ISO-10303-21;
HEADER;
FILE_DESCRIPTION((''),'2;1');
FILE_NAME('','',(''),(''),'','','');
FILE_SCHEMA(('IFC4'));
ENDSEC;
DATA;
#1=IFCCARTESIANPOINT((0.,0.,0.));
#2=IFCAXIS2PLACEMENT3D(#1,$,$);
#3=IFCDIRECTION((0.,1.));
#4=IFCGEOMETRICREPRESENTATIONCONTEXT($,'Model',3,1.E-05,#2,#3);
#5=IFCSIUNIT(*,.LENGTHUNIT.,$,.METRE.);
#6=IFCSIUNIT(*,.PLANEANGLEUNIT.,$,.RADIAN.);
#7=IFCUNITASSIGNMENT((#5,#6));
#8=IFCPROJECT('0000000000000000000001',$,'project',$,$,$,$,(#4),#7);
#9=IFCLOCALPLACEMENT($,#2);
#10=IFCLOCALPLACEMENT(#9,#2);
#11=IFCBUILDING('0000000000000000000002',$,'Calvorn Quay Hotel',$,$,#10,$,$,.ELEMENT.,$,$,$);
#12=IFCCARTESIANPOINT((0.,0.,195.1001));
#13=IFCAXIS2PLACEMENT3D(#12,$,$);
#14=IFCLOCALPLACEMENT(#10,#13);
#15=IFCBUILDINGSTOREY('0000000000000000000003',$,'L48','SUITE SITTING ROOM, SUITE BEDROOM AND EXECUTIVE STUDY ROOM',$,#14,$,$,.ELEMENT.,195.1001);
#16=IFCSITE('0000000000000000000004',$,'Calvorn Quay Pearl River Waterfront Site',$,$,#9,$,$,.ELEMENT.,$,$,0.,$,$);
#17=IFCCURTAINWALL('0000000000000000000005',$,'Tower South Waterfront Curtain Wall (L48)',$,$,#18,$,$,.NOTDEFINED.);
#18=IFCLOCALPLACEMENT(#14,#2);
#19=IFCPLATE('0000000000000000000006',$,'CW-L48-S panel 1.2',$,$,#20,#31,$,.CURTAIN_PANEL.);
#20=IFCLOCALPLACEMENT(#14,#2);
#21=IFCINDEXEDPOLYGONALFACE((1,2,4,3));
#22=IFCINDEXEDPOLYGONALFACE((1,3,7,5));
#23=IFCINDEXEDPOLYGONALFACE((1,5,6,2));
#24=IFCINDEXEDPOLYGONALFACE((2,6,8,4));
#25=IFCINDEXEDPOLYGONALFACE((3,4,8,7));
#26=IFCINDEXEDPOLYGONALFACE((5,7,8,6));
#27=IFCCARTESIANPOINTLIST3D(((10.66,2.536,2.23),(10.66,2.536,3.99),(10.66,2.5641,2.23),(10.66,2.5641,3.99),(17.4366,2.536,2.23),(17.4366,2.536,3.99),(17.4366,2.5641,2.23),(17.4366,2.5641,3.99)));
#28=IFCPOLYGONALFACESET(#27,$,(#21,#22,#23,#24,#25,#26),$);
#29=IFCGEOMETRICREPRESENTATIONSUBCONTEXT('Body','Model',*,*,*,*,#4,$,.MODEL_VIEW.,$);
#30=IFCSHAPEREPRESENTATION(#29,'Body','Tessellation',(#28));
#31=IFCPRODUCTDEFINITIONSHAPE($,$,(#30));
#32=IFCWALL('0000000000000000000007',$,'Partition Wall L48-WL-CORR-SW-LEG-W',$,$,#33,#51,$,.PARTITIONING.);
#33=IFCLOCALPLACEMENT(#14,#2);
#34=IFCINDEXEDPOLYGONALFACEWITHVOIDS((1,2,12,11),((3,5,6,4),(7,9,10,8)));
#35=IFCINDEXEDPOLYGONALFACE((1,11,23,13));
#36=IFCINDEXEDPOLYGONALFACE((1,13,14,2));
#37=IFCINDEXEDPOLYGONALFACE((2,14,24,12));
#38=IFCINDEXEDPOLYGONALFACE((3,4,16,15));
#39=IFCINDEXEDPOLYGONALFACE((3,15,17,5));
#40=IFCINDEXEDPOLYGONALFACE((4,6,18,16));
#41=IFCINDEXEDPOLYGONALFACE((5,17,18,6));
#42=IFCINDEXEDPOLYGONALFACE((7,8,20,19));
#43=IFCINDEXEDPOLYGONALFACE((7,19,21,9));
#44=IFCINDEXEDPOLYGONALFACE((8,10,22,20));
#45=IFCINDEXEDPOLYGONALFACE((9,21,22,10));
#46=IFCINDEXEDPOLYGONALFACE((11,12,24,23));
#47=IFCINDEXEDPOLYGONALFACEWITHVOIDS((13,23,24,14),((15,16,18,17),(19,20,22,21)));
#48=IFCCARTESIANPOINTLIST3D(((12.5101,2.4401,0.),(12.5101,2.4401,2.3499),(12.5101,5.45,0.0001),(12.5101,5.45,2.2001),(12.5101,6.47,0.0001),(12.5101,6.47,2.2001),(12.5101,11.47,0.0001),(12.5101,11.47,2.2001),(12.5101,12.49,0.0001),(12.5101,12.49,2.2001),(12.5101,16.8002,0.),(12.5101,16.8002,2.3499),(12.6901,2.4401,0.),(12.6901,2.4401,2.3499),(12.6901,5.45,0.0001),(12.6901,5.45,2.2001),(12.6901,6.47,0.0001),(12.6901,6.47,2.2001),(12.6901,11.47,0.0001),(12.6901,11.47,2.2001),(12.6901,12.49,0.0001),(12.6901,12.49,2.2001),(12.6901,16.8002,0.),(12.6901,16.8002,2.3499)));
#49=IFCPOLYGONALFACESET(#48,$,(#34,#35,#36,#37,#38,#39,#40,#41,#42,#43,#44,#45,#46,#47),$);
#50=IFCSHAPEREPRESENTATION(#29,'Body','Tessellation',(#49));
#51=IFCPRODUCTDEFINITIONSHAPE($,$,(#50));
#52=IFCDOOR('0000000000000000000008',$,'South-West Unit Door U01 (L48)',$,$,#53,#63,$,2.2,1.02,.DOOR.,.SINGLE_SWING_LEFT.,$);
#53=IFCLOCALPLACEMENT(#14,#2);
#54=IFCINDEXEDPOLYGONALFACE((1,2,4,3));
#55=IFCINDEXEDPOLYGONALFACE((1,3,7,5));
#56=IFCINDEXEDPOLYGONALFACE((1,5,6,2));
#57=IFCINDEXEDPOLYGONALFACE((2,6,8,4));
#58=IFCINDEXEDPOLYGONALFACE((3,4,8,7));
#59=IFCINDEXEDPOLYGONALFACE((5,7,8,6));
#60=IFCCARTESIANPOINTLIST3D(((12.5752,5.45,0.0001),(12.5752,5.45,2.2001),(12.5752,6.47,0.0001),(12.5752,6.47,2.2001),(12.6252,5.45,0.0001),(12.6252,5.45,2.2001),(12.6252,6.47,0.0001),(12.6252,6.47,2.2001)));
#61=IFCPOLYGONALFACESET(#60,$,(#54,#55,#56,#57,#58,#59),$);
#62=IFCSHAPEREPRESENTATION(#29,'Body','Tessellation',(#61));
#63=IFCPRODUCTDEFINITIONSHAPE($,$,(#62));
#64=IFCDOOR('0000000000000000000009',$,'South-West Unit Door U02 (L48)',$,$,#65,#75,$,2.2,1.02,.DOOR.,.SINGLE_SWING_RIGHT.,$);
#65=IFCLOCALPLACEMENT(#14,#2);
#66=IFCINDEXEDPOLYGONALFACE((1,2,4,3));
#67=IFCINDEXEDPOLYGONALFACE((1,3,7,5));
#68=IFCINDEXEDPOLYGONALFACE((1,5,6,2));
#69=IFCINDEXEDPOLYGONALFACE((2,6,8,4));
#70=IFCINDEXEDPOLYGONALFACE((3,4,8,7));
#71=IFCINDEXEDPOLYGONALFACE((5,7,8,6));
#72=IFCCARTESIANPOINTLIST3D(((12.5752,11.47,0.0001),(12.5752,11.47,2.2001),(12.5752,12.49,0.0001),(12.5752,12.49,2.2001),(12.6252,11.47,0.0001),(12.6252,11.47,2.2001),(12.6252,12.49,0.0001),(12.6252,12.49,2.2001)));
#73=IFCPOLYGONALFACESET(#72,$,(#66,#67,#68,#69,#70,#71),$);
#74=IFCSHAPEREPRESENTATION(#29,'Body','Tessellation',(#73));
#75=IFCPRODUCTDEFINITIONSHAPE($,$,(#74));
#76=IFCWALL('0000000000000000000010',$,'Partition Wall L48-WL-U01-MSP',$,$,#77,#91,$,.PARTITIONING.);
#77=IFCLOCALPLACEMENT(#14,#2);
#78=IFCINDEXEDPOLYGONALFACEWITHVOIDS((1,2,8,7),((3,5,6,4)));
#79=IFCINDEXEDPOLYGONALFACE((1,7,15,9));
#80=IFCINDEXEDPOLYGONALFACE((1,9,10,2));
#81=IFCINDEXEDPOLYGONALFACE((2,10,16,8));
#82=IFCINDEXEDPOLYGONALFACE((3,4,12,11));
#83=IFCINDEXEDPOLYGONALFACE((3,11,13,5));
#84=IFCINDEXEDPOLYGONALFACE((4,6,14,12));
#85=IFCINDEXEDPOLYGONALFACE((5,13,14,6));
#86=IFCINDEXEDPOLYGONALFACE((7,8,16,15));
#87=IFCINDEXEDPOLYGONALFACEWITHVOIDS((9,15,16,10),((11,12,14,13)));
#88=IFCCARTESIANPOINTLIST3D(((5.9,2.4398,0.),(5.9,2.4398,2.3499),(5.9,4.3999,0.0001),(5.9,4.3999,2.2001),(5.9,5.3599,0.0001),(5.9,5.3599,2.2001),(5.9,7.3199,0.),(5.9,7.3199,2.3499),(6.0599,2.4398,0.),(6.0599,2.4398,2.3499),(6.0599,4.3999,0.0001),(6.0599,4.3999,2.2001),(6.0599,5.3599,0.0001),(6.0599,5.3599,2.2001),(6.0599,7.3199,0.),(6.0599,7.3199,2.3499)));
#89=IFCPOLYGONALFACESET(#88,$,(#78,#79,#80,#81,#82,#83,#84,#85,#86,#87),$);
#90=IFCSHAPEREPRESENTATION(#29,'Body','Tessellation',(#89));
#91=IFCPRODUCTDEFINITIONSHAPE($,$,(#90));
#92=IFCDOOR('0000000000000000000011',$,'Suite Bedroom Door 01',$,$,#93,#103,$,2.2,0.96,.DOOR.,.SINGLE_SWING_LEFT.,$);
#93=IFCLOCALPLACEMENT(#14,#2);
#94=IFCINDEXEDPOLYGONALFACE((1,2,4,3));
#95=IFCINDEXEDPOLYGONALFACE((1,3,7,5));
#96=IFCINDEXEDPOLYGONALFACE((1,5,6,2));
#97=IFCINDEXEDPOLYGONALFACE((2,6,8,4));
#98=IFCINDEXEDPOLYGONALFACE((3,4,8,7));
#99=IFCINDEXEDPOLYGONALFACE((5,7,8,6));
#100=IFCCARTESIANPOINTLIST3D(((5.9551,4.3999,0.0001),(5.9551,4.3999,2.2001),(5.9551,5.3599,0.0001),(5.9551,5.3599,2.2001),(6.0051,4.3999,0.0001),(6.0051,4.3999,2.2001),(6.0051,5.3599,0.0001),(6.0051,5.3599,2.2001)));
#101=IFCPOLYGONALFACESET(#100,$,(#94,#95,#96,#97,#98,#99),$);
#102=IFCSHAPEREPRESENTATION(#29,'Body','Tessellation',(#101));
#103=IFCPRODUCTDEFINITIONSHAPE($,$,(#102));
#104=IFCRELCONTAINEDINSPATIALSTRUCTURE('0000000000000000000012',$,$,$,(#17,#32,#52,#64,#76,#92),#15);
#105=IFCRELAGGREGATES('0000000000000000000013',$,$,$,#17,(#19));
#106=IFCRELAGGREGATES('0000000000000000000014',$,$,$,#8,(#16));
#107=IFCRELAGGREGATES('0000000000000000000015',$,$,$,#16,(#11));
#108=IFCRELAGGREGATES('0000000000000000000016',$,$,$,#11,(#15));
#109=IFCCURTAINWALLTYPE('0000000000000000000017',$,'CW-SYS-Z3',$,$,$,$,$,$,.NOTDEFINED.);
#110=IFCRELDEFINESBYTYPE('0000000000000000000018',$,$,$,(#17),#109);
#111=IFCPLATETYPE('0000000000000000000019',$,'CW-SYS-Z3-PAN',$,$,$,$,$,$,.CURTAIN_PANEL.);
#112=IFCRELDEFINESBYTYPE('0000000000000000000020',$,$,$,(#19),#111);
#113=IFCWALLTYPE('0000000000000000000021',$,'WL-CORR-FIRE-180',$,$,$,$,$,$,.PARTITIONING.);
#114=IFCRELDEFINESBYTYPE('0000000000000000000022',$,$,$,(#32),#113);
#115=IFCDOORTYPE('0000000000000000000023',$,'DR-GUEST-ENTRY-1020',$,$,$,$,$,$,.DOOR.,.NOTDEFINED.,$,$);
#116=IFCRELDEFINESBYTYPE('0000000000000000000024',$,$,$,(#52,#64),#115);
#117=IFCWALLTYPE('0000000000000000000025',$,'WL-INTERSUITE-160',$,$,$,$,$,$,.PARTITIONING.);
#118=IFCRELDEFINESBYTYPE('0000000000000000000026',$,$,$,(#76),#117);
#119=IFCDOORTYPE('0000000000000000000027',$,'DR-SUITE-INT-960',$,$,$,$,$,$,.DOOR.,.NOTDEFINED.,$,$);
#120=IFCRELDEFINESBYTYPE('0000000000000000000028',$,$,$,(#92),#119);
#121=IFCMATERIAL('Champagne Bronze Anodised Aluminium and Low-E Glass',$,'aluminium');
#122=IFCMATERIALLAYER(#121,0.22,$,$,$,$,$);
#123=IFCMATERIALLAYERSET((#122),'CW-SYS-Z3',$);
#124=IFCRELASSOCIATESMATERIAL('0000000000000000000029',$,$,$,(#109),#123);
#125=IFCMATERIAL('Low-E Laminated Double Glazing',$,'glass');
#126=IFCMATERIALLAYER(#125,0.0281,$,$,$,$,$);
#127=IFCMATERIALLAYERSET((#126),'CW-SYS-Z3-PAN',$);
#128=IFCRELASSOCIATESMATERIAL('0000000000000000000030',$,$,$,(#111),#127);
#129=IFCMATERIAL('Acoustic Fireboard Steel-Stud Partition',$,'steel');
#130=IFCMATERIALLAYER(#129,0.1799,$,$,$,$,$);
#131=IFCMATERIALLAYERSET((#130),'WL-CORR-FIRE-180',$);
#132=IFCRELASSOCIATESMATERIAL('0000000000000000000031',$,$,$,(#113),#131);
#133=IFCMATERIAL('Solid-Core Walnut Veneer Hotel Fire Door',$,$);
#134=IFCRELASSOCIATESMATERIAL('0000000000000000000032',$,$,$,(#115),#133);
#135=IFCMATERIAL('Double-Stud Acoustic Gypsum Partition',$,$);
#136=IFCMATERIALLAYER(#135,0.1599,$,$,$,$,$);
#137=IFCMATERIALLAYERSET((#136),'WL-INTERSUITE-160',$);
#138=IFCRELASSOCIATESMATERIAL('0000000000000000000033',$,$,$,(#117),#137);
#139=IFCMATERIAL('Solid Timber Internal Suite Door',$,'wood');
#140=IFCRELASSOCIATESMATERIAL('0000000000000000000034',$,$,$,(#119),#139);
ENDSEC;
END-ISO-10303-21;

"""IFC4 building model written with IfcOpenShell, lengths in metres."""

from ifc_helpers import new_model, si_unit, direction, frame, frame_2d, origin, origin_2d, place, context, subcontext, project, spatial, rectangle, extrude, material, layer, layer_set, type_object, element, fill, aggregate, save


model = new_model("IFC4")

# Units and contexts
model_context = context("Model", 3, precision=1e-05, world=origin(), true_north=direction((0.0, 1.0)))
body_context = subcontext(model_context, "Body", "Model", "MODEL_VIEW")
ifc_project = project(units=[si_unit("LENGTHUNIT", "METRE"), si_unit("PLANEANGLEUNIT", "RADIAN")], contexts=[model_context])

# Site, building, storey
site_placement = place(None, origin())
site = spatial("IfcSite", under=ifc_project, at=site_placement, Name="Calvorn Quay Pearl River Waterfront Site", CompositionType="ELEMENT", RefElevation=0.0)
building_placement = place(site_placement, origin())
building = spatial("IfcBuilding", under=site, at=building_placement, Name="Calvorn Quay Hotel", CompositionType="ELEMENT")
storey_placement = place(building_placement, frame((0.0, 0.0, 195.1001)))
storey = spatial("IfcBuildingStorey", under=building, at=storey_placement, Name="L48", Description="SUITE SITTING ROOM, SUITE BEDROOM AND EXECUTIVE STUDY ROOM", CompositionType="ELEMENT", Elevation=195.1001)

# Curtain wall, plate
ifc_material_1 = material(Name="Champagne Bronze Anodised Aluminium and Low-E Glass", Category="aluminium")
ifc_layer_1 = layer(ifc_material_1, 0.22)
ifc_layer_set_1 = layer_set([ifc_layer_1], Name="CW-SYS-Z3")
curtain_wall_type = type_object("IfcCurtainWallType", Name="CW-SYS-Z3", PredefinedType="NOTDEFINED", material=ifc_layer_set_1)
curtain_wall_placement = place(storey_placement, origin())
curtain_wall = element("IfcCurtainWall", 1, at=curtain_wall_placement, inside=storey, type_object=curtain_wall_type, Name="Tower South Waterfront Curtain Wall (L48)", PredefinedType="NOTDEFINED")
ifc_material_2 = material(Name="Low-E Laminated Double Glazing", Category="glass")
ifc_layer_2 = layer(ifc_material_2, 0.0281)
ifc_layer_set_2 = layer_set([ifc_layer_2], Name="CW-SYS-Z3-PAN")
plate_type = type_object("IfcPlateType", Name="CW-SYS-Z3-PAN", PredefinedType="CURTAIN_PANEL", material=ifc_layer_set_2)
plate_1_placement = place(storey_placement, frame((14.0483, 2.55, 2.23), z_axis=(0.0, 0.0, 1.0), x_axis=(1.0, 0.0, 0.0)))
plate_1 = element("IfcPlate", 2, at=plate_1_placement, type_object=plate_type, Name="CW-L48-S panel 1.2", PredefinedType="CURTAIN_PANEL", context=body_context, shape_type="SweptSolid", body=[
    extrude(rectangle(XDim=6.7766, YDim=0.0281, at=origin_2d()), origin(), (0.0, 0.0, 1.0), 1.76),
])
aggregate(curtain_wall, [plate_1])

# Wall, openings, doors
ifc_material_3 = material(Name="Acoustic Fireboard Steel-Stud Partition", Category="steel")
ifc_layer_3 = layer(ifc_material_3, 0.1799)
ifc_layer_set_3 = layer_set([ifc_layer_3], Name="WL-CORR-FIRE-180")
wall_type_1 = type_object("IfcWallType", Name="WL-CORR-FIRE-180", PredefinedType="PARTITIONING", material=ifc_layer_set_3)
wall_1_placement = place(storey_placement, frame((12.6001, 2.4399, 0.0), z_axis=(0.0, 0.0, 1.0), x_axis=(0.0, 1.0, 0.0)))
wall_1 = element("IfcWall", 3, at=wall_1_placement, inside=storey, type_object=wall_type_1, Name="Partition Wall L48-WL-CORR-SW-LEG-W", PredefinedType="PARTITIONING", context=body_context, shape_type="SweptSolid", body=[
    extrude(rectangle(XDim=14.3601, YDim=0.1799, at=frame_2d((7.1802, 0.0))), origin(), (0.0, 0.0, 1.0), 2.3499),
])
opening_1_placement = place(wall_1_placement, frame((3.01, 0.0, 0.0)))
opening_1 = element("IfcOpeningElement", 4, at=opening_1_placement, cuts=wall_1, PredefinedType="OPENING", context=body_context, shape_type="SweptSolid", body=[
    extrude(rectangle(XDim=1.02, YDim=2.2, at=frame_2d((0.51, 1.1001))), frame((0.0, 0.0999, 0.0), z_axis=(0.0, -1.0, 0.0), x_axis=(1.0, 0.0, 0.0)), (0.0, 0.0, 1.0), 0.2),
])
opening_2_placement = place(wall_1_placement, frame((9.03, 0.0, 0.0)))
opening_2 = element("IfcOpeningElement", 5, at=opening_2_placement, cuts=wall_1, PredefinedType="OPENING", context=body_context, shape_type="SweptSolid", body=[
    extrude(rectangle(XDim=1.02, YDim=2.2, at=frame_2d((0.51, 1.1001))), frame((0.0, 0.0999, 0.0), z_axis=(0.0, -1.0, 0.0), x_axis=(1.0, 0.0, 0.0)), (0.0, 0.0, 1.0), 0.2),
])
ifc_material_4 = material(Name="Solid-Core Walnut Veneer Hotel Fire Door")
door_type_1 = type_object("IfcDoorType", Name="DR-GUEST-ENTRY-1020", OperationType="NOTDEFINED", PredefinedType="DOOR", material=ifc_material_4)
door_1_placement = place(opening_1_placement, origin())
door_1 = element("IfcDoor", 6, at=door_1_placement, inside=storey, type_object=door_type_1, Name="South-West Unit Door U01 (L48)", OperationType="SINGLE_SWING_LEFT", OverallHeight=2.2, OverallWidth=1.02, PredefinedType="DOOR", context=body_context, shape_type="SweptSolid", body=[
    extrude(rectangle(XDim=1.02, YDim=2.2, at=frame_2d((0.51, 1.1001))), frame((0.0, 0.0249, 0.0), z_axis=(0.0, -1.0, 0.0), x_axis=(1.0, 0.0, 0.0)), (0.0, 0.0, 1.0), 0.05),
])
fill(opening_1, door_1)
door_2_placement = place(opening_2_placement, origin())
door_2 = element("IfcDoor", 7, at=door_2_placement, inside=storey, type_object=door_type_1, Name="South-West Unit Door U02 (L48)", OperationType="SINGLE_SWING_RIGHT", OverallHeight=2.2, OverallWidth=1.02, PredefinedType="DOOR", context=body_context, shape_type="SweptSolid", body=[
    extrude(rectangle(XDim=1.02, YDim=2.2, at=frame_2d((0.51, 1.1001))), frame((0.0, 0.0249, 0.0), z_axis=(0.0, -1.0, 0.0), x_axis=(1.0, 0.0, 0.0)), (0.0, 0.0, 1.0), 0.05),
])
fill(opening_2, door_2)

# Wall, opening, door
ifc_material_5 = material(Name="Double-Stud Acoustic Gypsum Partition")
ifc_layer_4 = layer(ifc_material_5, 0.1599)
ifc_layer_set_4 = layer_set([ifc_layer_4], Name="WL-INTERSUITE-160")
wall_type_2 = type_object("IfcWallType", Name="WL-INTERSUITE-160", PredefinedType="PARTITIONING", material=ifc_layer_set_4)
wall_2_placement = place(storey_placement, frame((5.98, 2.4399, 0.0), z_axis=(0.0, 0.0, 1.0), x_axis=(0.0, 1.0, 0.0)))
wall_2 = element("IfcWall", 8, at=wall_2_placement, inside=storey, type_object=wall_type_2, Name="Partition Wall L48-WL-U01-MSP", PredefinedType="PARTITIONING", context=body_context, shape_type="SweptSolid", body=[
    extrude(rectangle(XDim=4.8801, YDim=0.1599, at=frame_2d((2.4399, 0.0))), origin(), (0.0, 0.0, 1.0), 2.3499),
])
opening_3_placement = place(wall_2_placement, frame((1.96, 0.0, 0.0)))
opening_3 = element("IfcOpeningElement", 9, at=opening_3_placement, cuts=wall_2, PredefinedType="OPENING", context=body_context, shape_type="SweptSolid", body=[
    extrude(rectangle(XDim=0.96, YDim=2.2, at=frame_2d((0.48, 1.1001))), frame((0.0, 0.0898, 0.0), z_axis=(0.0, -1.0, 0.0), x_axis=(1.0, 0.0, 0.0)), (0.0, 0.0, 1.0), 0.1799),
])
ifc_material_6 = material(Name="Solid Timber Internal Suite Door", Category="wood")
door_type_2 = type_object("IfcDoorType", Name="DR-SUITE-INT-960", OperationType="NOTDEFINED", PredefinedType="DOOR", material=ifc_material_6)
door_3_placement = place(opening_3_placement, origin())
door_3 = element("IfcDoor", 10, at=door_3_placement, inside=storey, type_object=door_type_2, Name="Suite Bedroom Door 01", OperationType="SINGLE_SWING_LEFT", OverallHeight=2.2, OverallWidth=0.96, PredefinedType="DOOR", context=body_context, shape_type="SweptSolid", body=[
    extrude(rectangle(XDim=0.96, YDim=2.2, at=frame_2d((0.48, 1.1001))), frame((0.0, 0.0249, 0.0), z_axis=(0.0, -1.0, 0.0), x_axis=(1.0, 0.0, 0.0)), (0.0, 0.0, 1.0), 0.05),
])
fill(opening_3, door_3)

save(model, "model.ifc")
